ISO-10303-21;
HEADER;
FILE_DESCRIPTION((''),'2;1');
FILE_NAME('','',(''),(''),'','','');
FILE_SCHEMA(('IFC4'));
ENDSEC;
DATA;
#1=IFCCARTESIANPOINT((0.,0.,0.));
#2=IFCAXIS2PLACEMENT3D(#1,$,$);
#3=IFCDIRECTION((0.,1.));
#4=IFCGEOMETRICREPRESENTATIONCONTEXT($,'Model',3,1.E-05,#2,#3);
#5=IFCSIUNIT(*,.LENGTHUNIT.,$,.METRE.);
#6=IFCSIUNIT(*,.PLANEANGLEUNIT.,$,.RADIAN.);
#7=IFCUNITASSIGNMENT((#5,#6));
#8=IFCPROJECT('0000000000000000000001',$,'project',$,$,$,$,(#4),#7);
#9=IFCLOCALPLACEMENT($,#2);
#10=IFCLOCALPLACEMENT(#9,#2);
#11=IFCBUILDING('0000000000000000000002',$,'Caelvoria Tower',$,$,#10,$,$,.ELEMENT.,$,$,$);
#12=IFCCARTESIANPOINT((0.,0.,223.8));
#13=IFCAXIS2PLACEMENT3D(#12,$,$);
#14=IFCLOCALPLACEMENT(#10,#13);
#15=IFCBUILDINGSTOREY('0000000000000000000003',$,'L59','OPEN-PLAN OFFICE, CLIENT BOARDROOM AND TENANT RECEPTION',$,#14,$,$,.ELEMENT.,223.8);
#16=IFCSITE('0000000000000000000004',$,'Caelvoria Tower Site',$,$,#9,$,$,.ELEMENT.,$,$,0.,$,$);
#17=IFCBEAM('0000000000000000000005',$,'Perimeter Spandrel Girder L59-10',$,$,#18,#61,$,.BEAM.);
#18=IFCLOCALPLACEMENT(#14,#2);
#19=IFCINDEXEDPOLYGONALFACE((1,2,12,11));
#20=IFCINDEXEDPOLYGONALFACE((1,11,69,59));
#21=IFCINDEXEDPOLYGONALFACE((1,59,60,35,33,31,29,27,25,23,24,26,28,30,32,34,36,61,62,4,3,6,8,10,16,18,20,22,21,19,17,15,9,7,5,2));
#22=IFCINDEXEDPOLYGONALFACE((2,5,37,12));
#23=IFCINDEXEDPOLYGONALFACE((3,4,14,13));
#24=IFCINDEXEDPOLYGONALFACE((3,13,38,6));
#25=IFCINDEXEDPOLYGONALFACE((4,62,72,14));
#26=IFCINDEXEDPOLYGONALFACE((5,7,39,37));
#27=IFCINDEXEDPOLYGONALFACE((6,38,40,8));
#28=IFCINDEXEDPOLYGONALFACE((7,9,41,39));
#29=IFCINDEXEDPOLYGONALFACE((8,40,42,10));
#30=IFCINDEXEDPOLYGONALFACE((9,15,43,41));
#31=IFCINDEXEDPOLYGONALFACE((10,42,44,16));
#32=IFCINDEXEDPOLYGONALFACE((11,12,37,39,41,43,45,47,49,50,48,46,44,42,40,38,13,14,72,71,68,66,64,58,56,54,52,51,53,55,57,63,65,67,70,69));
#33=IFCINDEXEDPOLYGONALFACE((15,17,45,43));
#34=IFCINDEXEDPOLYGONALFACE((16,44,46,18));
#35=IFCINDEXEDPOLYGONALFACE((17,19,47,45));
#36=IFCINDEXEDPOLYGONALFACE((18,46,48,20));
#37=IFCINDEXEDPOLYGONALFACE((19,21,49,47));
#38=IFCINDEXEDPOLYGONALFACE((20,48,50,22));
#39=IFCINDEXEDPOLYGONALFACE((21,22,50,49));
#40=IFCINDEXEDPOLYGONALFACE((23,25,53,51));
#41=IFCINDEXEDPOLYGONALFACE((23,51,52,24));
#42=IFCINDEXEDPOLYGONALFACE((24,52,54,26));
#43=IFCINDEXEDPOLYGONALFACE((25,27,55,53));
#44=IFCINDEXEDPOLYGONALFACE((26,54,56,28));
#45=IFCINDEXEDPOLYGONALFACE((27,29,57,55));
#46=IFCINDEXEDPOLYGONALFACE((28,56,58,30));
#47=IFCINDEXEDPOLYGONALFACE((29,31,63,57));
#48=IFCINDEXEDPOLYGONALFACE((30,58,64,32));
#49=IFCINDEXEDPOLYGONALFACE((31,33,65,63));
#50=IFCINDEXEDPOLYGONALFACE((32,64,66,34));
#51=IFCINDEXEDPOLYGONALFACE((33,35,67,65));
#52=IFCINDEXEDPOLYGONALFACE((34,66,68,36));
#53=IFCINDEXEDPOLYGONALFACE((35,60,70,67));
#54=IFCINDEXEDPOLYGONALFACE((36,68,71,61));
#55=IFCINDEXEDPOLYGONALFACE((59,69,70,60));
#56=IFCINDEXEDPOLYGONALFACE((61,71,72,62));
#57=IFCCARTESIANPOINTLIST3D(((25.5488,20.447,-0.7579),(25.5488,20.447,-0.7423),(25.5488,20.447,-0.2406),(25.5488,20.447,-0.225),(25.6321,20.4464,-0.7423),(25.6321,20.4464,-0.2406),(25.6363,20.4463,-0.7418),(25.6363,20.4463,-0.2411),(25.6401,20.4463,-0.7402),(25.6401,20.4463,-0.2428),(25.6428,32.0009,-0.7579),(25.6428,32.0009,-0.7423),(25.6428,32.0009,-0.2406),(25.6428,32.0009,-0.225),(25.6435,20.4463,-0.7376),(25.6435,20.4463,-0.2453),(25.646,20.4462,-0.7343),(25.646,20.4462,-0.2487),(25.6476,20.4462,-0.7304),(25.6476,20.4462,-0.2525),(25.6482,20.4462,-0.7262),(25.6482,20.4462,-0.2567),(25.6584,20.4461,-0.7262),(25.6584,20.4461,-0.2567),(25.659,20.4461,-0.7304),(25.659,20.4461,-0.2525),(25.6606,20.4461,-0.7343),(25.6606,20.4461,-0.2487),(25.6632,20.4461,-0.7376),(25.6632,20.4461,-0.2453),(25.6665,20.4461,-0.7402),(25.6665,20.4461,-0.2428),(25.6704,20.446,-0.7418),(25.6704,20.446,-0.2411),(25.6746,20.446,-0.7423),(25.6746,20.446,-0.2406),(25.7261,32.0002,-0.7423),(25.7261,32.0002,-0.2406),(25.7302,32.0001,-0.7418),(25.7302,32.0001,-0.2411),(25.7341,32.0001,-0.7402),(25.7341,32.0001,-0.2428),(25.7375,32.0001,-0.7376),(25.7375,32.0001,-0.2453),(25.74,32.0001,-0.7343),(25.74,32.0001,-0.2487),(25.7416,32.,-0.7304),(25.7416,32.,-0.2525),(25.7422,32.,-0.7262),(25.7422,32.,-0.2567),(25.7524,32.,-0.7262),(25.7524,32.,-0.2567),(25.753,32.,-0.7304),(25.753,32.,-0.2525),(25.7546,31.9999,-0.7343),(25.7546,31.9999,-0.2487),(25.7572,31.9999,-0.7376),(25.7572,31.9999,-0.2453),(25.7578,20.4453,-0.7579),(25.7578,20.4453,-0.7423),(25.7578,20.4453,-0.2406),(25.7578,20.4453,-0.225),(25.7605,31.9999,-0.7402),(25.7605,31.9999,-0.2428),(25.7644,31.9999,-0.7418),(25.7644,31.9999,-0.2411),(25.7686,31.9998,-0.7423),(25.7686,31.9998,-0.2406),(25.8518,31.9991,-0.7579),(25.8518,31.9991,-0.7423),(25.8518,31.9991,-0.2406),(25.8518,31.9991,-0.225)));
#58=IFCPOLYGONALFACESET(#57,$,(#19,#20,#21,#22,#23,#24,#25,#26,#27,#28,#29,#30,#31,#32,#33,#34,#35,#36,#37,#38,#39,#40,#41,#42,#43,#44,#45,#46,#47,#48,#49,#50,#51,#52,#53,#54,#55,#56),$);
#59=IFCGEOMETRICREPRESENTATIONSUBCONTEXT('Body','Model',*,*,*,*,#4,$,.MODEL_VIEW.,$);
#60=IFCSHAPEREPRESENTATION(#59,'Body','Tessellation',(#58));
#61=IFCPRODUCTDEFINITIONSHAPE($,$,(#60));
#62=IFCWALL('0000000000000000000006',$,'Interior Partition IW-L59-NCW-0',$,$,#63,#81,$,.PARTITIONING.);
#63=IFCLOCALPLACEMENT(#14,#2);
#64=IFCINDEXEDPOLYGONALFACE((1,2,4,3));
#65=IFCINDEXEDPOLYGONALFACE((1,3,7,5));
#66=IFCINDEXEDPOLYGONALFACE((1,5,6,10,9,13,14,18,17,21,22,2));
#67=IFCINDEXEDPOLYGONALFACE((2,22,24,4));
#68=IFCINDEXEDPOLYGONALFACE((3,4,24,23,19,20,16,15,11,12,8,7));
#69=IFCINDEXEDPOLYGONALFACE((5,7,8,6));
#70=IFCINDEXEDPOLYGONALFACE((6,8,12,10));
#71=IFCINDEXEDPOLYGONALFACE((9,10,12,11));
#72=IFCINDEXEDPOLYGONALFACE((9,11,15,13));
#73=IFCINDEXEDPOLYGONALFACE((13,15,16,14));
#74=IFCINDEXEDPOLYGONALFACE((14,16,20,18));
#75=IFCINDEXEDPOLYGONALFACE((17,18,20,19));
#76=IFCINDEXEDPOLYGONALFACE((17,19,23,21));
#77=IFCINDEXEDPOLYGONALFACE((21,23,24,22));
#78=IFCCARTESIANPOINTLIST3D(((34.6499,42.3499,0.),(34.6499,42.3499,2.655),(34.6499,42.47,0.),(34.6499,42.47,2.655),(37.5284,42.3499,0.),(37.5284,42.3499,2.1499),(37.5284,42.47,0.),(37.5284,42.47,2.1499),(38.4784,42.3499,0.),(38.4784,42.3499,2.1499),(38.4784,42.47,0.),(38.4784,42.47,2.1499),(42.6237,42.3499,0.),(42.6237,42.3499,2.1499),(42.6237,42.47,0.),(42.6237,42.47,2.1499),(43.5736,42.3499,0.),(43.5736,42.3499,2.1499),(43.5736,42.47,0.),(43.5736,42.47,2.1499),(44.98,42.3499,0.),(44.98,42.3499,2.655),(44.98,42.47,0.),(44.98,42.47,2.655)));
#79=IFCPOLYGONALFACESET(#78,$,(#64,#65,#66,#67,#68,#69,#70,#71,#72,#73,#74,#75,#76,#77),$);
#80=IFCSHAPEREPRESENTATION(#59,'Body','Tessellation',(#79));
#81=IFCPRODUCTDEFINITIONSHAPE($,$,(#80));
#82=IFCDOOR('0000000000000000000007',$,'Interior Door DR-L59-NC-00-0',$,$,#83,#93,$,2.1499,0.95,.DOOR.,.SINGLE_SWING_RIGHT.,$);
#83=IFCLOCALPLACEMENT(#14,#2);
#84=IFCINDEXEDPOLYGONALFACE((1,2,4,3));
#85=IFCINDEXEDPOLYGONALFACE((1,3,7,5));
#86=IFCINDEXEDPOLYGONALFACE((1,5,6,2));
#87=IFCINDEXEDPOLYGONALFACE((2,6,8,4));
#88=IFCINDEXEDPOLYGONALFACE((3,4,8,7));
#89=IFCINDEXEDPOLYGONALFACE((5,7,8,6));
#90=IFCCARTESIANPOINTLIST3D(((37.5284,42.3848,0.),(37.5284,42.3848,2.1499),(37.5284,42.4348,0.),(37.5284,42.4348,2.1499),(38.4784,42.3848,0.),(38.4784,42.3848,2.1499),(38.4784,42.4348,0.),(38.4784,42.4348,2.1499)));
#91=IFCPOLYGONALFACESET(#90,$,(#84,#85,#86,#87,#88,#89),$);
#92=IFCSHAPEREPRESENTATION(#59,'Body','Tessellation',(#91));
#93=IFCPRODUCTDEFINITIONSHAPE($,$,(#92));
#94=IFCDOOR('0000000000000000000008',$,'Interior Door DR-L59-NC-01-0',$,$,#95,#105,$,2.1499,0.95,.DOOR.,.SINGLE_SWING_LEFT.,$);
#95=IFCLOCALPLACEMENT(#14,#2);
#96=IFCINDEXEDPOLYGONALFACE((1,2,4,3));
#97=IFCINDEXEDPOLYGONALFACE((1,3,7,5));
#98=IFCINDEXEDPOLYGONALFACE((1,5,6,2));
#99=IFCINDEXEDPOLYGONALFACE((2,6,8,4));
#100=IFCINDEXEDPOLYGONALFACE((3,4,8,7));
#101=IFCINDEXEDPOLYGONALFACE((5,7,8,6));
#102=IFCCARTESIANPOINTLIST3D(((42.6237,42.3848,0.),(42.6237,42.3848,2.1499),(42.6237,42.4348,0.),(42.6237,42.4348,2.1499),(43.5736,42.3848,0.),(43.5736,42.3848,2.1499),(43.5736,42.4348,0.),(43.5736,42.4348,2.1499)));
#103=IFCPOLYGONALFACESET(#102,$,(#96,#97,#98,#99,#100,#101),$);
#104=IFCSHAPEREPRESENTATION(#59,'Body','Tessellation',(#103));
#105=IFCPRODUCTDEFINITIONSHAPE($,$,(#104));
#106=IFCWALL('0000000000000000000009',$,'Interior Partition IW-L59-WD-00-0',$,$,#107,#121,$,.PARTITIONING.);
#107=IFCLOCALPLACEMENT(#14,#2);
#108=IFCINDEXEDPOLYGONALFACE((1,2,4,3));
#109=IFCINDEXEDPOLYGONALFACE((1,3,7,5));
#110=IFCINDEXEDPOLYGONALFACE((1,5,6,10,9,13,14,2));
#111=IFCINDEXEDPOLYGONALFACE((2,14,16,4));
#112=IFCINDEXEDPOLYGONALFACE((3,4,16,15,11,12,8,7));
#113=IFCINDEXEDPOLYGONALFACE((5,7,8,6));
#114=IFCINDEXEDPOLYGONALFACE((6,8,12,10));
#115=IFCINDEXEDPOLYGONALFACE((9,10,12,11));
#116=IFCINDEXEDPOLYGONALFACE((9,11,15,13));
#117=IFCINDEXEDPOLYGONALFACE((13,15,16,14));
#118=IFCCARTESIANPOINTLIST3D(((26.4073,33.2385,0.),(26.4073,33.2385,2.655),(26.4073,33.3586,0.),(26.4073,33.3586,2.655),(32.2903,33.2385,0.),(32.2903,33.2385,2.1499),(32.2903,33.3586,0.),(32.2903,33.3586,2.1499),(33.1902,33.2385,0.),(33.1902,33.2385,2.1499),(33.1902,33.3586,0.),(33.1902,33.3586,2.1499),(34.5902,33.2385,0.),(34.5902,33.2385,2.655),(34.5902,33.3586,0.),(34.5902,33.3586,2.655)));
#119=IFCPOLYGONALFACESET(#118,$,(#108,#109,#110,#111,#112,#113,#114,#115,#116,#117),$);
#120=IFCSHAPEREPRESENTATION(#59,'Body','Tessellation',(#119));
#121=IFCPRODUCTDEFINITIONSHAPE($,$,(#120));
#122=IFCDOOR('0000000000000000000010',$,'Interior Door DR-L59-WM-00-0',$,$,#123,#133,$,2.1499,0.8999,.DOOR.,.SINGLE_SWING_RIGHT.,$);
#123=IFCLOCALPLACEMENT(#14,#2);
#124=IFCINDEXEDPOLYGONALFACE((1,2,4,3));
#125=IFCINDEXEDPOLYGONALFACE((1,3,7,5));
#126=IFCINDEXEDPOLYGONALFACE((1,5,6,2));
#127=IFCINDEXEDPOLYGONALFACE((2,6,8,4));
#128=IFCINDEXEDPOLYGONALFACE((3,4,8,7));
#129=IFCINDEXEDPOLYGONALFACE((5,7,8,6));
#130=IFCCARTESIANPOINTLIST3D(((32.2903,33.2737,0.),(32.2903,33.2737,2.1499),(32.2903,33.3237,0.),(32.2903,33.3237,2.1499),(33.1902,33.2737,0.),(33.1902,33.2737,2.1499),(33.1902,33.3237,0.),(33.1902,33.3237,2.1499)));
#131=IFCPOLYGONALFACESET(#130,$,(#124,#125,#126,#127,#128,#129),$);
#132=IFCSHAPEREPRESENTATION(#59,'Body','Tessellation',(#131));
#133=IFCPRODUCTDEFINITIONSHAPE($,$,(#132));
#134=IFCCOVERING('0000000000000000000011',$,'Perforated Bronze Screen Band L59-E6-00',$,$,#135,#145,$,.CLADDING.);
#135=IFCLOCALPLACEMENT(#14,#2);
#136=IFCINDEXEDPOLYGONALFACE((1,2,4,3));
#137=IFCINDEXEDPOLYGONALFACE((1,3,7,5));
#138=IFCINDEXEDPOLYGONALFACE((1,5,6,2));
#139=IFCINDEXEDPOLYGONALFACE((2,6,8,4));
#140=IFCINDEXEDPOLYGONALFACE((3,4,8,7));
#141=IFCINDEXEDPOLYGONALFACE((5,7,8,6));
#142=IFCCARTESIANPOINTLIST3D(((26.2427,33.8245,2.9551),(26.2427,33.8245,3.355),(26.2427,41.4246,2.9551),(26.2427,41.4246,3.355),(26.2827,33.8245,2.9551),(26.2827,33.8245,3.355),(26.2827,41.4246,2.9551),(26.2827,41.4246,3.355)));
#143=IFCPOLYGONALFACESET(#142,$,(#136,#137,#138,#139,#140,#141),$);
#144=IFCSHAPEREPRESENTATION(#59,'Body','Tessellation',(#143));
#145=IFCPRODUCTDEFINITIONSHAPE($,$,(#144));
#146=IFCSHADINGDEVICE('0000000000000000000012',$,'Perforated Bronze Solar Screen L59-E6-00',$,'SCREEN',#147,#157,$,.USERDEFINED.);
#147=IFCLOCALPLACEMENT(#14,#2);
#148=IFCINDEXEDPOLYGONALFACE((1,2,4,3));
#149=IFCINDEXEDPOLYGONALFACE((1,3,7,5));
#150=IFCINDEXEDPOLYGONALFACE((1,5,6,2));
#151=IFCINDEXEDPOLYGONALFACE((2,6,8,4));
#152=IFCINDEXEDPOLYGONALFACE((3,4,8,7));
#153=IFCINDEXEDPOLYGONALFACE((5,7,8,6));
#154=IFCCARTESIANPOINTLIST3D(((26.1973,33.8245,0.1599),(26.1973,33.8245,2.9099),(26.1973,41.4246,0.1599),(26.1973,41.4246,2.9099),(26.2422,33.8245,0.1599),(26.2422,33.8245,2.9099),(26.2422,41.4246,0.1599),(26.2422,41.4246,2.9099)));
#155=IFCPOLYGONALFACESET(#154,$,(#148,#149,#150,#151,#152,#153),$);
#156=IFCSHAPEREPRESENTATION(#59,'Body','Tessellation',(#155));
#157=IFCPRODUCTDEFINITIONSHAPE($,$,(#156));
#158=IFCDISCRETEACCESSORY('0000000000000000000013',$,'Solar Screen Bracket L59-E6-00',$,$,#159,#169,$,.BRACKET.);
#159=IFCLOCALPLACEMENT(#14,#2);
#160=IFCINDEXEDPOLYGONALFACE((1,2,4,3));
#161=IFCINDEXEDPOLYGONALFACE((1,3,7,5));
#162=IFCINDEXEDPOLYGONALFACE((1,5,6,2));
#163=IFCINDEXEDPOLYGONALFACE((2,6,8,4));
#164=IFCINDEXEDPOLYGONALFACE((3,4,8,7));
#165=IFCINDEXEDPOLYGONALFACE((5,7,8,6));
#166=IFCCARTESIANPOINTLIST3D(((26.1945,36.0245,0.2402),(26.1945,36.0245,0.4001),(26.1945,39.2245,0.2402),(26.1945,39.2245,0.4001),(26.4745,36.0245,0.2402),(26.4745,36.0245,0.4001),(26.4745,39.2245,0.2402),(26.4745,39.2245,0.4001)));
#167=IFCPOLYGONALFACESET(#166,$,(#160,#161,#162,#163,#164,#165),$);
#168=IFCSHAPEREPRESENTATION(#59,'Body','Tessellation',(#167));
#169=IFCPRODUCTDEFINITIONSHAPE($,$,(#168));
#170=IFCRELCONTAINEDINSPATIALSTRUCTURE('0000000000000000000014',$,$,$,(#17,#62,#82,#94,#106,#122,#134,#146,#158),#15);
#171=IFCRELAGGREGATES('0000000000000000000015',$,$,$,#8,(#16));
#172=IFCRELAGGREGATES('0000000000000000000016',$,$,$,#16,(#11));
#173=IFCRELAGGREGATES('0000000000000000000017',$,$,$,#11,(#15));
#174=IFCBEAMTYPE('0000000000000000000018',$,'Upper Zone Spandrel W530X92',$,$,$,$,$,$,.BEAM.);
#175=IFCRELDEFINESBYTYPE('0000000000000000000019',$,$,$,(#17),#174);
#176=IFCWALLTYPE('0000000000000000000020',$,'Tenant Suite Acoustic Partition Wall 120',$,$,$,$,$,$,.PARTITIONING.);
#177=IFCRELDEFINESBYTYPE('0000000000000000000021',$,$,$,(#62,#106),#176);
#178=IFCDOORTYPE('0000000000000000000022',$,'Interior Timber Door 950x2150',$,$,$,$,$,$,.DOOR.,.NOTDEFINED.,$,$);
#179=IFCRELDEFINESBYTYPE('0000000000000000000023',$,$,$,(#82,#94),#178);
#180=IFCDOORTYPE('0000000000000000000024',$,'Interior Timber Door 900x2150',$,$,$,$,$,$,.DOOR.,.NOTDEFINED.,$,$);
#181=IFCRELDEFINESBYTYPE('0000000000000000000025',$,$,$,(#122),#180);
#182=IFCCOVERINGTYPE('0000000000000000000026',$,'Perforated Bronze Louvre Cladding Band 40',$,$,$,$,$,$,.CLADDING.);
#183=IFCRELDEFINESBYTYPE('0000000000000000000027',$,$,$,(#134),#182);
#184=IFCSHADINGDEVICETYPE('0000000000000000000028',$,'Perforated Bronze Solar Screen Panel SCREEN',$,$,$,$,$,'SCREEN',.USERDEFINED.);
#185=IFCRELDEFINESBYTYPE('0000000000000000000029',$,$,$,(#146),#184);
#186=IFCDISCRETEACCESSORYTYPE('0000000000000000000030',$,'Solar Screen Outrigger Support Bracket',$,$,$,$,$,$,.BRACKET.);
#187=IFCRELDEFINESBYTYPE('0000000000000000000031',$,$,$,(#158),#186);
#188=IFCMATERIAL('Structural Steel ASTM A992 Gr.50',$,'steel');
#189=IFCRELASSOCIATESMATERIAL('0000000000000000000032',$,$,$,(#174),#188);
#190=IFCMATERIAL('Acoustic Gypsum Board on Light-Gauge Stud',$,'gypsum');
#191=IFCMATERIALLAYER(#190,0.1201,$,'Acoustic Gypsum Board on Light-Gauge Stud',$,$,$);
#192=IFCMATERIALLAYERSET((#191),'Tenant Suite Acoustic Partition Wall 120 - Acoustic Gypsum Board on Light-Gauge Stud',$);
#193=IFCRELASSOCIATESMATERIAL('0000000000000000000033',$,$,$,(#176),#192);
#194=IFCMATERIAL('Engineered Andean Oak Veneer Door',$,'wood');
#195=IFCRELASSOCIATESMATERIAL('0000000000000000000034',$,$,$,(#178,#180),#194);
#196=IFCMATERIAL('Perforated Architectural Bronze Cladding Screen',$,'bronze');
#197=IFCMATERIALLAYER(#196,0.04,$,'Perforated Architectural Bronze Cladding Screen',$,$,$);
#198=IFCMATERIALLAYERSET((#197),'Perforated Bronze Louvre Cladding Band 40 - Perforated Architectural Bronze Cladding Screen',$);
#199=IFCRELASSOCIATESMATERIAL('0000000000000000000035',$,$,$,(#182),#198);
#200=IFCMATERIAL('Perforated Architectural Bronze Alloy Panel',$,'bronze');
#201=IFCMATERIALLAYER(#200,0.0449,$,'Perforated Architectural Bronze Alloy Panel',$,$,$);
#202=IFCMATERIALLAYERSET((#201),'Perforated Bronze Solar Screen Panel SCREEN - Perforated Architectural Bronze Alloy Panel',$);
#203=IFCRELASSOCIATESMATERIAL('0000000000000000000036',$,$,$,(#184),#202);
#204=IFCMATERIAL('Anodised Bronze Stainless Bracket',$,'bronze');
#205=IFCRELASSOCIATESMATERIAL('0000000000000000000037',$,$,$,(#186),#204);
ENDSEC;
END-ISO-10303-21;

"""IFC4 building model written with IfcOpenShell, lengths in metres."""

from ifc_helpers import new_model, si_unit, direction, frame, frame_2d, origin, origin_2d, place, context, subcontext, project, spatial, rectangle, i_section, extrude, material, layer, layer_set, material_profile, profile_set, type_object, element, fill, save


model = new_model("IFC4")

# Units and contexts
model_context = context("Model", 3, precision=1e-05, world=origin(), true_north=direction((0.0, 1.0)))
body_context = subcontext(model_context, "Body", "Model", "MODEL_VIEW")
ifc_project = project(units=[si_unit("LENGTHUNIT", "METRE"), si_unit("PLANEANGLEUNIT", "RADIAN")], contexts=[model_context])

# Site, building, storey
site_placement = place(None, origin())
site = spatial("IfcSite", under=ifc_project, at=site_placement, Name="Caelvoria Tower Site", CompositionType="ELEMENT", RefElevation=0.0)
building_placement = place(site_placement, origin())
building = spatial("IfcBuilding", under=site, at=building_placement, Name="Caelvoria Tower", CompositionType="ELEMENT")
storey_placement = place(building_placement, frame((0.0, 0.0, 223.8)))
storey = spatial("IfcBuildingStorey", under=building, at=storey_placement, Name="L59", Description="OPEN-PLAN OFFICE, CLIENT BOARDROOM AND TENANT RECEPTION", CompositionType="ELEMENT", Elevation=223.8)

# Shared definitions
ifc_material_1 = material(Name="Structural Steel ASTM A992 Gr.50", Category="steel")

# Beam
ifc_material_profile_1 = material_profile(ifc_material_1, i_section(OverallWidth=0.209, OverallDepth=0.533, WebThickness=0.0103, FlangeThickness=0.0156, FilletRadius=0.0161, at=origin_2d()), Name="Structural Steel ASTM A992 Gr.50")
ifc_profile_set_1 = profile_set([ifc_material_profile_1], Name="W530X92 - Structural Steel ASTM A992 Gr.50")
beam_type_1 = type_object("IfcBeamType", Name="Upper Zone Spandrel W530X92", PredefinedType="BEAM", material=ifc_profile_set_1)
beam_placement = place(storey_placement, frame((25.7473, 32.0, -0.4915), z_axis=(-0.008135, -0.999967, 0.0), x_axis=(0.999967, -0.008135, 0.0)))
element("IfcBeam", 1, at=beam_placement, inside=storey, type_object=beam_type_1, Name="Perimeter Spandrel Girder L59-10", PredefinedType="BEAM", context=body_context, shape_type="SweptSolid", body=[
    extrude(i_section(OverallWidth=0.209, OverallDepth=0.533, WebThickness=0.0103, FlangeThickness=0.0156, FilletRadius=0.0161, at=origin_2d()), origin(), (0.0, 0.0, 1.0), 11.5542),
])

# Wall, openings, doors
ifc_material_2 = material(Name="Acoustic Gypsum Board on Light-Gauge Stud", Category="gypsum")
ifc_layer_1 = layer(ifc_material_2, 0.1201, Name="Acoustic Gypsum Board on Light-Gauge Stud")
ifc_layer_set_1 = layer_set([ifc_layer_1], Name="Tenant Suite Acoustic Partition Wall 120 - Acoustic Gypsum Board on Light-Gauge Stud")
wall_type = type_object("IfcWallType", Name="Tenant Suite Acoustic Partition Wall 120", PredefinedType="PARTITIONING", material=ifc_layer_set_1)
wall_1_placement = place(storey_placement, frame((34.6499, 42.4099, 0.0), z_axis=(0.0, 0.0, 1.0), x_axis=(1.0, 0.0, 0.0)))
wall_1 = element("IfcWall", 2, at=wall_1_placement, inside=storey, type_object=wall_type, Name="Interior Partition IW-L59-NCW-0", PredefinedType="PARTITIONING", context=body_context, shape_type="SweptSolid", body=[
    extrude(rectangle(XDim=10.3301, YDim=0.1201, at=frame_2d((5.165, 0.0))), origin(), (0.0, 0.0, 1.0), 2.655),
])
opening_1_placement = place(wall_1_placement, frame((2.8784, 0.0, 0.0)))
opening_1 = element("IfcOpeningElement", 3, at=opening_1_placement, cuts=wall_1, PredefinedType="OPENING", context=body_context, shape_type="SweptSolid", body=[
    extrude(rectangle(XDim=0.95, YDim=2.1499, at=frame_2d((0.4751, 1.075))), frame((0.0, 0.0701, 0.0), z_axis=(0.0, -1.0, 0.0), x_axis=(1.0, 0.0, 0.0)), (0.0, 0.0, 1.0), 0.1401),
])
opening_2_placement = place(wall_1_placement, frame((7.9736, 0.0, 0.0)))
opening_2 = element("IfcOpeningElement", 4, at=opening_2_placement, cuts=wall_1, PredefinedType="OPENING", context=body_context, shape_type="SweptSolid", body=[
    extrude(rectangle(XDim=0.95, YDim=2.1499, at=frame_2d((0.4751, 1.075))), frame((0.0, 0.0701, 0.0), z_axis=(0.0, -1.0, 0.0), x_axis=(1.0, 0.0, 0.0)), (0.0, 0.0, 1.0), 0.1401),
])
ifc_material_3 = material(Name="Engineered Andean Oak Veneer Door", Category="wood")
door_type_1 = type_object("IfcDoorType", Name="Interior Timber Door 950x2150", OperationType="NOTDEFINED", PredefinedType="DOOR", material=ifc_material_3)
door_1_placement = place(opening_1_placement, origin())
door_1 = element("IfcDoor", 5, at=door_1_placement, inside=storey, type_object=door_type_1, Name="Interior Door DR-L59-NC-00-0", OperationType="SINGLE_SWING_RIGHT", OverallHeight=2.1499, OverallWidth=0.95, PredefinedType="DOOR", context=body_context, shape_type="SweptSolid", body=[
    extrude(rectangle(XDim=0.95, YDim=2.1499, at=frame_2d((0.4751, 1.075))), frame((0.0, 0.0249, 0.0), z_axis=(0.0, -1.0, 0.0), x_axis=(1.0, 0.0, 0.0)), (0.0, 0.0, 1.0), 0.05),
])
fill(opening_1, door_1)
door_2_placement = place(opening_2_placement, origin())
door_2 = element("IfcDoor", 6, at=door_2_placement, inside=storey, type_object=door_type_1, Name="Interior Door DR-L59-NC-01-0", OperationType="SINGLE_SWING_LEFT", OverallHeight=2.1499, OverallWidth=0.95, PredefinedType="DOOR", context=body_context, shape_type="SweptSolid", body=[
    extrude(rectangle(XDim=0.95, YDim=2.1499, at=frame_2d((0.4751, 1.075))), frame((0.0, 0.0249, 0.0), z_axis=(0.0, -1.0, 0.0), x_axis=(1.0, 0.0, 0.0)), (0.0, 0.0, 1.0), 0.05),
])
fill(opening_2, door_2)

# Wall, opening, door
wall_2_placement = place(storey_placement, frame((34.5901, 33.2986, 0.0), z_axis=(0.0, 0.0, 1.0), x_axis=(-1.0, 0.0, 0.0)))
wall_2 = element("IfcWall", 7, at=wall_2_placement, inside=storey, type_object=wall_type, Name="Interior Partition IW-L59-WD-00-0", PredefinedType="PARTITIONING", context=body_context, shape_type="SweptSolid", body=[
    extrude(rectangle(XDim=8.1829, YDim=0.1201, at=frame_2d((4.0913, 0.0))), origin(), (0.0, 0.0, 1.0), 2.655),
])
opening_3_placement = place(wall_2_placement, frame((1.3999, 0.0, 0.0)))
opening_3 = element("IfcOpeningElement", 8, at=opening_3_placement, cuts=wall_2, PredefinedType="OPENING", context=body_context, shape_type="SweptSolid", body=[
    extrude(rectangle(XDim=0.8999, YDim=2.1499, at=frame_2d((0.45, 1.075))), frame((0.0, 0.0701, 0.0), z_axis=(0.0, -1.0, 0.0), x_axis=(1.0, 0.0, 0.0)), (0.0, 0.0, 1.0), 0.1401),
])
door_type_2 = type_object("IfcDoorType", Name="Interior Timber Door 900x2150", OperationType="NOTDEFINED", PredefinedType="DOOR", material=ifc_material_3)
door_3_placement = place(opening_3_placement, origin())
door_3 = element("IfcDoor", 9, at=door_3_placement, inside=storey, type_object=door_type_2, Name="Interior Door DR-L59-WM-00-0", OperationType="SINGLE_SWING_RIGHT", OverallHeight=2.1499, OverallWidth=0.8999, PredefinedType="DOOR", context=body_context, shape_type="SweptSolid", body=[
    extrude(rectangle(XDim=0.8999, YDim=2.1499, at=frame_2d((0.45, 1.075))), frame((0.0, 0.0249, 0.0), z_axis=(0.0, -1.0, 0.0), x_axis=(1.0, 0.0, 0.0)), (0.0, 0.0, 1.0), 0.05),
])
fill(opening_3, door_3)

# Covering
ifc_material_4 = material(Name="Perforated Architectural Bronze Cladding Screen", Category="bronze")
ifc_layer_2 = layer(ifc_material_4, 0.04, Name="Perforated Architectural Bronze Cladding Screen")
ifc_layer_set_2 = layer_set([ifc_layer_2], Name="Perforated Bronze Louvre Cladding Band 40 - Perforated Architectural Bronze Cladding Screen")
covering_type = type_object("IfcCoveringType", Name="Perforated Bronze Louvre Cladding Band 40", PredefinedType="CLADDING", material=ifc_layer_set_2)
covering_placement = place(storey_placement, frame((26.2627, 37.6245, 2.9551), z_axis=(0.0, 0.0, 1.0), x_axis=(0.0, -1.0, 0.0)))
element("IfcCovering", 10, at=covering_placement, inside=storey, type_object=covering_type, Name="Perforated Bronze Screen Band L59-E6-00", PredefinedType="CLADDING", context=body_context, shape_type="SweptSolid", body=[
    extrude(rectangle(XDim=7.6001, YDim=0.04, at=origin_2d()), origin(), (0.0, 0.0, 1.0), 0.3999),
])

# Shading device
ifc_material_5 = material(Name="Perforated Architectural Bronze Alloy Panel", Category="bronze")
ifc_layer_3 = layer(ifc_material_5, 0.0449, Name="Perforated Architectural Bronze Alloy Panel")
ifc_layer_set_3 = layer_set([ifc_layer_3], Name="Perforated Bronze Solar Screen Panel SCREEN - Perforated Architectural Bronze Alloy Panel")
shading_device_type = type_object("IfcShadingDeviceType", Name="Perforated Bronze Solar Screen Panel SCREEN", ElementType="SCREEN", PredefinedType="USERDEFINED", material=ifc_layer_set_3)
shading_device_placement = place(storey_placement, frame((26.2197, 37.6245, 0.1599), z_axis=(0.0, 0.0, 1.0), x_axis=(0.0, -1.0, 0.0)))
element("IfcShadingDevice", 11, at=shading_device_placement, inside=storey, type_object=shading_device_type, Name="Perforated Bronze Solar Screen L59-E6-00", ObjectType="SCREEN", PredefinedType="USERDEFINED", context=body_context, shape_type="SweptSolid", body=[
    extrude(rectangle(XDim=7.6001, YDim=0.0449, at=origin_2d()), origin(), (0.0, 0.0, 1.0), 2.75),
])

# Discrete accessory
ifc_material_6 = material(Name="Anodised Bronze Stainless Bracket", Category="bronze")
discrete_accessory_type_1 = type_object("IfcDiscreteAccessoryType", Name="Solar Screen Outrigger Support Bracket", PredefinedType="BRACKET", material=ifc_material_6)
for number, where, z_axis, x_axis, name in (
    (12, (26.3345, 37.6245, 0.2402), (0.0, 0.0, 1.0), (0.0, -1.0, 0.0), "Solar Screen Bracket L59-E6-00"),
):
    element("IfcDiscreteAccessory", number, at=place(storey_placement, frame(where, z_axis=z_axis, x_axis=x_axis)), inside=storey, type_object=discrete_accessory_type_1, Name=name, PredefinedType="BRACKET", context=body_context, shape_type="SweptSolid", body=[
        extrude(rectangle(XDim=3.2, YDim=0.28, at=origin_2d()), origin(), (0.0, 0.0, 1.0), 0.1599),
    ])

save(model, "model.ifc")
